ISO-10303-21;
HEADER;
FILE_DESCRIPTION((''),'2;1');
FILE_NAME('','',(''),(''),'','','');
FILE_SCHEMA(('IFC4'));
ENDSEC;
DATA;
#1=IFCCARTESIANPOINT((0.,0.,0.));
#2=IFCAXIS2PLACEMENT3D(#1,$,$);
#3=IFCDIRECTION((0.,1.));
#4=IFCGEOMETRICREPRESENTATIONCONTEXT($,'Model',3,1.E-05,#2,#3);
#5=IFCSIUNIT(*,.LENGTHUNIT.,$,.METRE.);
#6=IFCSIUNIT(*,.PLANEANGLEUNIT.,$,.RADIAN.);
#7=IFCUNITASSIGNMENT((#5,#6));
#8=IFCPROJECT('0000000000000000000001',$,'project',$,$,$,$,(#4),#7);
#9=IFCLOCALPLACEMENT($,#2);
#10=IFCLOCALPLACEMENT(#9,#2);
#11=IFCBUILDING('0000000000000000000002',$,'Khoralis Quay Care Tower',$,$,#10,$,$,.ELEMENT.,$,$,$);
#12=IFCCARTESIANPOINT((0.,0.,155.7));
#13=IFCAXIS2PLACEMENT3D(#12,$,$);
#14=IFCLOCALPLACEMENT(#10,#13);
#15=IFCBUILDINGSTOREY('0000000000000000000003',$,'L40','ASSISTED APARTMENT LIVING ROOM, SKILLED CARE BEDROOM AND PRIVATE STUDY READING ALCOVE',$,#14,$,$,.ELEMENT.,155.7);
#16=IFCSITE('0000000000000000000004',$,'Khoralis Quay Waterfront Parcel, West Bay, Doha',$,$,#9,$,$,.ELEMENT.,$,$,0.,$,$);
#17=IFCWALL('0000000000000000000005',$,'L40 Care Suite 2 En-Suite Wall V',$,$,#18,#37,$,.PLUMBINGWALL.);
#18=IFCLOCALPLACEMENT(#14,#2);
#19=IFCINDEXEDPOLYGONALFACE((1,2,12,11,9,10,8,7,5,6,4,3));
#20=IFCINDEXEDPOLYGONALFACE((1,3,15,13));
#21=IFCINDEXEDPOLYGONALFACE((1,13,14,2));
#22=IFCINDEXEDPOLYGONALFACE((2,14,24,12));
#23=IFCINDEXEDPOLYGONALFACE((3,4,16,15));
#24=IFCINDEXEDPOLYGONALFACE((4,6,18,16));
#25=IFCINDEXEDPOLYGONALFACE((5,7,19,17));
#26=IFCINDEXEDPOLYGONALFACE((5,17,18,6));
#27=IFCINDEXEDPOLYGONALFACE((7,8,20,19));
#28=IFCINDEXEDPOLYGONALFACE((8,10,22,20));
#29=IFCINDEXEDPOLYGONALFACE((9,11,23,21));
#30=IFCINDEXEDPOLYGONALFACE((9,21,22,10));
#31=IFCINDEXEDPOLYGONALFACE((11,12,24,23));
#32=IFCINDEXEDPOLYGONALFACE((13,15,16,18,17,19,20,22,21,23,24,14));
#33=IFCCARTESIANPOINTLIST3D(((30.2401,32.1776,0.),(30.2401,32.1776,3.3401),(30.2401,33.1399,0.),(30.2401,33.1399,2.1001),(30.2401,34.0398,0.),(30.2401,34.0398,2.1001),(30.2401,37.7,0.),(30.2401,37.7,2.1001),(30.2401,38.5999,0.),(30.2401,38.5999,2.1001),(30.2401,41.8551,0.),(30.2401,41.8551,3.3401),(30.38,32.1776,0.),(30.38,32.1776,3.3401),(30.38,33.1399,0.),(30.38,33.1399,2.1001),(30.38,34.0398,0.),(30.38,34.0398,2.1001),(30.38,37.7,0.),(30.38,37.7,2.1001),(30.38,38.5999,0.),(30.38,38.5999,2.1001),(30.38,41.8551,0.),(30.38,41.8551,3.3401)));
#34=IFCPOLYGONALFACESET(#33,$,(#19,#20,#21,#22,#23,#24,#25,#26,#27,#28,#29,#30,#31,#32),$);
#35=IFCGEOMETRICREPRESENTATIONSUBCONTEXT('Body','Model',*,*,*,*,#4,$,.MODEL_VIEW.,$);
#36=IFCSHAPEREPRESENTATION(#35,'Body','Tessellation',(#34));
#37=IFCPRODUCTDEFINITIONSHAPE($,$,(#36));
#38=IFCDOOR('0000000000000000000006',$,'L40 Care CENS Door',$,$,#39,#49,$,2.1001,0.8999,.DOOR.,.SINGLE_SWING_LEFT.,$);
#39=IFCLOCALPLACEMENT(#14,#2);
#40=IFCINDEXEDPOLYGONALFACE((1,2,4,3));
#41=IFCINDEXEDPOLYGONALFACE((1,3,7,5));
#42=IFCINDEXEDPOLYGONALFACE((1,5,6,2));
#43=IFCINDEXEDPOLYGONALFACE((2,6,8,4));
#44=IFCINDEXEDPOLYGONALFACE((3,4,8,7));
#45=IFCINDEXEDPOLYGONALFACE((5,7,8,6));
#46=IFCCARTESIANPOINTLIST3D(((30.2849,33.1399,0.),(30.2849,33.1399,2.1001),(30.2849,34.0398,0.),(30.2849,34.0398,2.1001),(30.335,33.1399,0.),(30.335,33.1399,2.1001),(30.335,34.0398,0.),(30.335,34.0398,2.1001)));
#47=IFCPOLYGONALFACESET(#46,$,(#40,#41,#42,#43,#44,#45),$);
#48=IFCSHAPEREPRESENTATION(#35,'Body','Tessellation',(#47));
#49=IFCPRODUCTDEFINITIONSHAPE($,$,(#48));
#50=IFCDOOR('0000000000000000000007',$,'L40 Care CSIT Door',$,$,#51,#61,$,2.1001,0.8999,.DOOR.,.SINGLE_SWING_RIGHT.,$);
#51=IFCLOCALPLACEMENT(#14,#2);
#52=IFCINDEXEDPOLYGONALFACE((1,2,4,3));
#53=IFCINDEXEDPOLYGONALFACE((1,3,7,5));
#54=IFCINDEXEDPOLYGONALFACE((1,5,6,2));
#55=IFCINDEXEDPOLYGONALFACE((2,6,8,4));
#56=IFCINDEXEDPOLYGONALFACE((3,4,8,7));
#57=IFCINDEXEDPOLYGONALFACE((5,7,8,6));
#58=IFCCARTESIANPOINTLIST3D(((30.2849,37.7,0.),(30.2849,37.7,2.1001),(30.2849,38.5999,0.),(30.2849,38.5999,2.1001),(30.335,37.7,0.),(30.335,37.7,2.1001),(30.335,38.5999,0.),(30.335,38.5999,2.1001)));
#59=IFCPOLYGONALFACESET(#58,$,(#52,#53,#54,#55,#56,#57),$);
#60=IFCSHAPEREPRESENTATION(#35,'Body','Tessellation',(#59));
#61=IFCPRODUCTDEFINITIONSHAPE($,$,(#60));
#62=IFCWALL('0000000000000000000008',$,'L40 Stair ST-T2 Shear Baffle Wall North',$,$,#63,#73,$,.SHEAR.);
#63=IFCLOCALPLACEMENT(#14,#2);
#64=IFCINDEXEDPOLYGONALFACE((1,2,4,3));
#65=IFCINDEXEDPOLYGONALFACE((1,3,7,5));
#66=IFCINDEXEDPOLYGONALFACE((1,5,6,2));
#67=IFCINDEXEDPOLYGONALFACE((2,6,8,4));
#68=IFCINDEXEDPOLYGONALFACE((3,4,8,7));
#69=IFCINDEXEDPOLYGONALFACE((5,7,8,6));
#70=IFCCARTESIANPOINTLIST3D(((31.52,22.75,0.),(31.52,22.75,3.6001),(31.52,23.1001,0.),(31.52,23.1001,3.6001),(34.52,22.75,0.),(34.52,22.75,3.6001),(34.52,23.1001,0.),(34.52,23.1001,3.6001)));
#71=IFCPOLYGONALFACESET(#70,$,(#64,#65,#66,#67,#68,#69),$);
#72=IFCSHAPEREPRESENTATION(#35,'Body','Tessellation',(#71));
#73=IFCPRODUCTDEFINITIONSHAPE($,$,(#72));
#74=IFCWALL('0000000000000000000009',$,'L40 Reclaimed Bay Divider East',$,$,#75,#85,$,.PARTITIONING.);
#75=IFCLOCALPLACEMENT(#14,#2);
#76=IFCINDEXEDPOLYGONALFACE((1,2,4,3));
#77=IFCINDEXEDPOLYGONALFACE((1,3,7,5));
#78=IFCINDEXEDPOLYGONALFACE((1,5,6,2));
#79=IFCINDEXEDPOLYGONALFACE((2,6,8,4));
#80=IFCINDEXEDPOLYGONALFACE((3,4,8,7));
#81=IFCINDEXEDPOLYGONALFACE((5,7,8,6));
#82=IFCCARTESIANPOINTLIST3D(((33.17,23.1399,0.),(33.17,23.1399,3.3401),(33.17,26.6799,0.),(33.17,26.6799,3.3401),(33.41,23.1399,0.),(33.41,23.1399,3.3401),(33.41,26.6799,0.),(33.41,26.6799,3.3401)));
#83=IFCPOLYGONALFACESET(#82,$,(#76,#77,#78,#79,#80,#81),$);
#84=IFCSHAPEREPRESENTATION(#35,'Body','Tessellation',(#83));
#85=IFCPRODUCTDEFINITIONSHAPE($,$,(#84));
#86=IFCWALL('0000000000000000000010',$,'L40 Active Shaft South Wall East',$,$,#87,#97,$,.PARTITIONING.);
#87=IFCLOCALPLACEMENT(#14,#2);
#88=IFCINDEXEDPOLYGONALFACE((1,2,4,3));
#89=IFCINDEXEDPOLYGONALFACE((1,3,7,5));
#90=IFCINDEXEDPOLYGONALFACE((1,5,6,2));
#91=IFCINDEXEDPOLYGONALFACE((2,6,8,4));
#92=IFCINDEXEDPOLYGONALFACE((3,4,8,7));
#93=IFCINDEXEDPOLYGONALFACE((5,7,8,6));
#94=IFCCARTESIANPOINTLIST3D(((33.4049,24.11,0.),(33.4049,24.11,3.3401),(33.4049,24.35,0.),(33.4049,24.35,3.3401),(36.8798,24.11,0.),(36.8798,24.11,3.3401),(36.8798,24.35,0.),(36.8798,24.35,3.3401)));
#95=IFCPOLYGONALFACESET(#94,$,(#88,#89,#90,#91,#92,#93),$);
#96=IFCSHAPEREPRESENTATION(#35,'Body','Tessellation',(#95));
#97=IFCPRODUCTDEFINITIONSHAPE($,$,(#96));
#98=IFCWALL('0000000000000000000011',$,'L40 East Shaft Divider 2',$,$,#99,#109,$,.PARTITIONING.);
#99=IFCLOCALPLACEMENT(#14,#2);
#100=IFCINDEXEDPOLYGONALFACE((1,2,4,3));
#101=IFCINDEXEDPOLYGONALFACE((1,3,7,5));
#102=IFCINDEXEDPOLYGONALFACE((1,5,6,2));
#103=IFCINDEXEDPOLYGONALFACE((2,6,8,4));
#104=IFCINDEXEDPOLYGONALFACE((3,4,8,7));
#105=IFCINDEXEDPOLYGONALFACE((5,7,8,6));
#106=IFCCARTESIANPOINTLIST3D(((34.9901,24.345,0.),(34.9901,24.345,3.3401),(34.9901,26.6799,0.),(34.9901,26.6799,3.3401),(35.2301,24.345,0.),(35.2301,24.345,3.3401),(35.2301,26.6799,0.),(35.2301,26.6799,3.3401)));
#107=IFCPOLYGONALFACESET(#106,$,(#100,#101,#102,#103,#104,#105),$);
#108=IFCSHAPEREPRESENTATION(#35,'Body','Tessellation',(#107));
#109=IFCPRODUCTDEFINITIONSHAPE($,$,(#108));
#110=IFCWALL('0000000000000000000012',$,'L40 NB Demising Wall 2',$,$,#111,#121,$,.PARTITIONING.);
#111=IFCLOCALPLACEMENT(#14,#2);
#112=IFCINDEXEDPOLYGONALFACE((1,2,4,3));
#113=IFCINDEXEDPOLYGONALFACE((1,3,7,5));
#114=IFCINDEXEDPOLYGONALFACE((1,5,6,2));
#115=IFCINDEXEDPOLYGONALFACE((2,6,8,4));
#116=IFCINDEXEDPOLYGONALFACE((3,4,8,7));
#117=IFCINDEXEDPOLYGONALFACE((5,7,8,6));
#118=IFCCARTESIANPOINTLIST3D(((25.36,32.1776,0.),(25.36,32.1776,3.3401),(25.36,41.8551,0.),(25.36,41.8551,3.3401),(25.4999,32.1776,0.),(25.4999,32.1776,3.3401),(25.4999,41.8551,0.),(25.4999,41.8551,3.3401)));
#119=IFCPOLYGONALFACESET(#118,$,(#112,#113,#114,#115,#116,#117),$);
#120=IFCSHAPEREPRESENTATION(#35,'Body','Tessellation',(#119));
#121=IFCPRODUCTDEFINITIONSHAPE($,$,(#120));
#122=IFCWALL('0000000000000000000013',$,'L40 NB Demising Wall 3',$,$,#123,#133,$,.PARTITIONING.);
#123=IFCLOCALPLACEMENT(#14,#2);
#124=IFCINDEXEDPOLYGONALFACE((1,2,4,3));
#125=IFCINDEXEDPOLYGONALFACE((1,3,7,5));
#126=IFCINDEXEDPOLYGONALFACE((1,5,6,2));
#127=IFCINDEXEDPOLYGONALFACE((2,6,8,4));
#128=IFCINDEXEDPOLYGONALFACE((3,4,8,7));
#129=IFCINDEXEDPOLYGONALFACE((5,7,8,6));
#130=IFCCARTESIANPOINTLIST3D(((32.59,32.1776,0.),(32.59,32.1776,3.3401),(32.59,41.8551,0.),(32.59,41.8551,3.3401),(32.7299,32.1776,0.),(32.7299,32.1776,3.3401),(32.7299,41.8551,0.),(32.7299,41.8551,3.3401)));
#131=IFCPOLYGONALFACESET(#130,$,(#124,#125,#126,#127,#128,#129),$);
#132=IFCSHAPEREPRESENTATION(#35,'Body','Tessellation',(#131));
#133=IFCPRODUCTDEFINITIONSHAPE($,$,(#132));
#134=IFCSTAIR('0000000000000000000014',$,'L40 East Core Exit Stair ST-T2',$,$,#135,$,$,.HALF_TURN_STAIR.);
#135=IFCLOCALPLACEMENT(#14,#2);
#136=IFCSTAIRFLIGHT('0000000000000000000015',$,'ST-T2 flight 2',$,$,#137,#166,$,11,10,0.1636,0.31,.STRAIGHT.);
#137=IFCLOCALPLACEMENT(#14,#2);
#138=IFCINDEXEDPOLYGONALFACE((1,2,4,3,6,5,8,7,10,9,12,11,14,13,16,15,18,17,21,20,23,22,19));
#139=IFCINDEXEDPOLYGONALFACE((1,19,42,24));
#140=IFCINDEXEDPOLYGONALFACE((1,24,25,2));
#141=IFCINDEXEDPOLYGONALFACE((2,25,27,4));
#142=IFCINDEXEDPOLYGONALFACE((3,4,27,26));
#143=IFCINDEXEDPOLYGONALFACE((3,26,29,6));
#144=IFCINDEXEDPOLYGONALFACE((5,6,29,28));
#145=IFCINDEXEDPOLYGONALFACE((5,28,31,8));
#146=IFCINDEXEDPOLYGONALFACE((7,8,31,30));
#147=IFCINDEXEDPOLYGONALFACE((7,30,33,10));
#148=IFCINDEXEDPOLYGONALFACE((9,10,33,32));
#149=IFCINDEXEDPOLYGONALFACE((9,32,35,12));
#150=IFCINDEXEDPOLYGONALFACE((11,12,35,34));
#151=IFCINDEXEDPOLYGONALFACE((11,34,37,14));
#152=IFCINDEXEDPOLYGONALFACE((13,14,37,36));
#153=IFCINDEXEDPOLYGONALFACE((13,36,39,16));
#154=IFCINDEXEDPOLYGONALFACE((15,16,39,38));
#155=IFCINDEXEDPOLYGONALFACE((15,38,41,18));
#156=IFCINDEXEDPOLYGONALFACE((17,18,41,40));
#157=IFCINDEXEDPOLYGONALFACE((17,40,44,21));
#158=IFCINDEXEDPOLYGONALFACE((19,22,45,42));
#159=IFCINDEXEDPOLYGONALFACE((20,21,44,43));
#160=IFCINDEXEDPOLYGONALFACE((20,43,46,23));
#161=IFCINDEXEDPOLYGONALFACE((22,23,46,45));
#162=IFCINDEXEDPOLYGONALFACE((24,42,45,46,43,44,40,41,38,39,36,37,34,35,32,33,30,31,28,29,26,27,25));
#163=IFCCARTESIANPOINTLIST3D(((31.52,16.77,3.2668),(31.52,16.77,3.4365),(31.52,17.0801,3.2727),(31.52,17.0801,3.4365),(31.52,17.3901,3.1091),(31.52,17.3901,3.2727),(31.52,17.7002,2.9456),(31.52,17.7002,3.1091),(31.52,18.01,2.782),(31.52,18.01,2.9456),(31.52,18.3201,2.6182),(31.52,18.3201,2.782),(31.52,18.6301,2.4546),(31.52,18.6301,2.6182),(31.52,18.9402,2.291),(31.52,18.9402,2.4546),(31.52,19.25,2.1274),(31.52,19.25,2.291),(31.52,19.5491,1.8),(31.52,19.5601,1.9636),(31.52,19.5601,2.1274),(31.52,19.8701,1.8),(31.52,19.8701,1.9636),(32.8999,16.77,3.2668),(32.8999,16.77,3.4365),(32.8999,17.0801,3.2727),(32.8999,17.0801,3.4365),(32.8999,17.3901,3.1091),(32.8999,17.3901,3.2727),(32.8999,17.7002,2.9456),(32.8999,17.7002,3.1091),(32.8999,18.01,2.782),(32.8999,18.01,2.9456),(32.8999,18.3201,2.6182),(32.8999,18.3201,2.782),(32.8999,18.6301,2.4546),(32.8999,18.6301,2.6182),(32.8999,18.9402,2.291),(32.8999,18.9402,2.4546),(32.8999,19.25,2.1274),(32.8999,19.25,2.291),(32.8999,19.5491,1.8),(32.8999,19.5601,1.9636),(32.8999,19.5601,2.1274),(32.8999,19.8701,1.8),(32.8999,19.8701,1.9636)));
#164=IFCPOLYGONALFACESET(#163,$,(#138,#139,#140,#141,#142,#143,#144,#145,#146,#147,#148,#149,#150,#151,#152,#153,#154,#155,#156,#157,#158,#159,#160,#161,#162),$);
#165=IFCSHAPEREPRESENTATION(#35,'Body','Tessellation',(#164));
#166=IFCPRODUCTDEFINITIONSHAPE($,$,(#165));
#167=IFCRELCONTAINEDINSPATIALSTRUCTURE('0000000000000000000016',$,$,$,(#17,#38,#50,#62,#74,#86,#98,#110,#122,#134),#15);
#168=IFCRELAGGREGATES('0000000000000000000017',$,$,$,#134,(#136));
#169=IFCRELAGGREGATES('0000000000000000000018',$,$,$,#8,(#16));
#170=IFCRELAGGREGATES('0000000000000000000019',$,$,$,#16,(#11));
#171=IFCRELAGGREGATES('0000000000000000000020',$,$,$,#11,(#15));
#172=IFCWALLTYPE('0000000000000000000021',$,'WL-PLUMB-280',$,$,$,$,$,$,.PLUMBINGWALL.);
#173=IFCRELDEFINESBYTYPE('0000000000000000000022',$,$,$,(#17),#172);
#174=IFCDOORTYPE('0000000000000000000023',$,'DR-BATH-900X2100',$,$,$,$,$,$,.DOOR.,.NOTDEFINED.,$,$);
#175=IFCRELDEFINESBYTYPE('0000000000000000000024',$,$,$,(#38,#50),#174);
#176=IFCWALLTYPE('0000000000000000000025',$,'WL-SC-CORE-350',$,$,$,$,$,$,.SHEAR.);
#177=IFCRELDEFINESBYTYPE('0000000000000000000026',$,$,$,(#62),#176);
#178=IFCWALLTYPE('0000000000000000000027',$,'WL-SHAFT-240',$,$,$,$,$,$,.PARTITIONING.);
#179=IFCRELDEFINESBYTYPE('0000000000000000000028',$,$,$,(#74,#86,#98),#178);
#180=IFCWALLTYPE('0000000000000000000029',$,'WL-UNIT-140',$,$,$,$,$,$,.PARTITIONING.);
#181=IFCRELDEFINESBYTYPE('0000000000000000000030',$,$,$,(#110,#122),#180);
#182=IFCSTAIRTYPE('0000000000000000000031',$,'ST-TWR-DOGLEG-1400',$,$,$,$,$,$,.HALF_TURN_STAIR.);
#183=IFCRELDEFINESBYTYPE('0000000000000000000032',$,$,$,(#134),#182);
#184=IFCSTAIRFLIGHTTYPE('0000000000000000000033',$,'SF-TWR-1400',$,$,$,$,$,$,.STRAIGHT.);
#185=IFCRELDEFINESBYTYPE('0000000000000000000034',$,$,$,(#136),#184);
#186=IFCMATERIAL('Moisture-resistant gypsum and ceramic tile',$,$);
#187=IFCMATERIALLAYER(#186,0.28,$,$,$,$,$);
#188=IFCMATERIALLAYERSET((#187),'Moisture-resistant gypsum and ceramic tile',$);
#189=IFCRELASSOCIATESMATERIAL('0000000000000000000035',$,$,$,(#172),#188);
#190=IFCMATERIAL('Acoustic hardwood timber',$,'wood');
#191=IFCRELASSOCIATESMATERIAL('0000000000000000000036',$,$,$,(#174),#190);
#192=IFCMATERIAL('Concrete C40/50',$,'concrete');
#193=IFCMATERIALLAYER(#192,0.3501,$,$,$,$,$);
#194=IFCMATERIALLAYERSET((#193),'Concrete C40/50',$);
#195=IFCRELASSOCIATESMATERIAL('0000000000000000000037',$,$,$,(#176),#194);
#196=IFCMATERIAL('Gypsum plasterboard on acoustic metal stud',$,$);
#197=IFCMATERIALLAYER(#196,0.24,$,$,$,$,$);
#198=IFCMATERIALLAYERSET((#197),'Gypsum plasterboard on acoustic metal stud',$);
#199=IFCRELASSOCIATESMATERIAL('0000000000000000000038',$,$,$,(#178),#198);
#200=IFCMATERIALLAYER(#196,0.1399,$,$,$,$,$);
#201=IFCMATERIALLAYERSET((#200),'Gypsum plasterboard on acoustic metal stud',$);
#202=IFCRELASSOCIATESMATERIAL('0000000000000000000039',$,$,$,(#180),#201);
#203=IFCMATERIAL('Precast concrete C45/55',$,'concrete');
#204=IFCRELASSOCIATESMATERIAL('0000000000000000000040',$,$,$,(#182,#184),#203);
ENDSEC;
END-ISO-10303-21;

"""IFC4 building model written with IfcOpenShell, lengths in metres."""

from ifc_helpers import new_model, si_unit, direction, frame, frame_2d, origin, place, context, subcontext, project, spatial, polyline, rectangle, outline, extrude, source, transform, mapped, material, layer, layer_set, type_object, element, fill, aggregate, save


model = new_model("IFC4")

# Units and contexts
model_context = context("Model", 3, precision=1e-05, world=origin(), true_north=direction((0.0, 1.0)))
body_context = subcontext(model_context, "Body", "Model", "MODEL_VIEW")
ifc_project = project(units=[si_unit("LENGTHUNIT", "METRE"), si_unit("PLANEANGLEUNIT", "RADIAN")], contexts=[model_context])

# Site, building, storey
site_placement = place(None, origin())
site = spatial("IfcSite", under=ifc_project, at=site_placement, Name="Khoralis Quay Waterfront Parcel, West Bay, Doha", CompositionType="ELEMENT", RefElevation=0.0)
building_placement = place(site_placement, origin())
building = spatial("IfcBuilding", under=site, at=building_placement, Name="Khoralis Quay Care Tower", CompositionType="ELEMENT")
storey_placement = place(building_placement, frame((0.0, 0.0, 155.7)))
storey = spatial("IfcBuildingStorey", under=building, at=storey_placement, Name="L40", Description="ASSISTED APARTMENT LIVING ROOM, SKILLED CARE BEDROOM AND PRIVATE STUDY READING ALCOVE", CompositionType="ELEMENT", Elevation=155.7)

# Shared definitions
ifc_material_1 = material(Name="Acoustic hardwood timber", Category="wood")

# Shared definitions
ifc_material_2 = material(Name="Gypsum plasterboard on acoustic metal stud")

# Wall, openings, doors
ifc_material_3 = material(Name="Moisture-resistant gypsum and ceramic tile")
ifc_layer_1 = layer(ifc_material_3, 0.28)
ifc_layer_set_1 = layer_set([ifc_layer_1], Name="Moisture-resistant gypsum and ceramic tile")
wall_type_1 = type_object("IfcWallType", Name="WL-PLUMB-280", PredefinedType="PLUMBINGWALL", material=ifc_layer_set_1)
wall_1_placement = place(storey_placement, frame((30.3101, 32.1775, 0.0), z_axis=(0.0, 0.0, 1.0), x_axis=(0.0, 1.0, 0.0)))
wall_1 = element("IfcWall", 1, at=wall_1_placement, inside=storey, type_object=wall_type_1, Name="L40 Care Suite 2 En-Suite Wall V", PredefinedType="PLUMBINGWALL", context=body_context, shape_type="SweptSolid", body=[
    extrude(rectangle(XDim=9.6775, YDim=0.1399, at=frame_2d((4.8389, 0.0))), origin(), (0.0, 0.0, 1.0), 3.3401),
])
opening_1_placement = place(wall_1_placement, frame((0.9624, 0.0, 0.0)))
opening_1 = element("IfcOpeningElement", 2, at=opening_1_placement, cuts=wall_1, PredefinedType="OPENING", context=body_context, shape_type="SweptSolid", body=[
    extrude(rectangle(XDim=0.8999, YDim=2.1001, at=frame_2d((0.45, 1.05))), frame((0.0, 0.0801, 0.0), z_axis=(0.0, -1.0, 0.0), x_axis=(1.0, 0.0, 0.0)), (0.0, 0.0, 1.0), 0.1599),
])
opening_2_placement = place(wall_1_placement, frame((5.5225, 0.0, 0.0)))
opening_2 = element("IfcOpeningElement", 3, at=opening_2_placement, cuts=wall_1, PredefinedType="OPENING", context=body_context, shape_type="SweptSolid", body=[
    extrude(rectangle(XDim=0.8999, YDim=2.1001, at=frame_2d((0.45, 1.05))), frame((0.0, 0.0801, 0.0), z_axis=(0.0, -1.0, 0.0), x_axis=(1.0, 0.0, 0.0)), (0.0, 0.0, 1.0), 0.1599),
])
door_type_1 = type_object("IfcDoorType", Name="DR-BATH-900X2100", OperationType="NOTDEFINED", PredefinedType="DOOR", material=ifc_material_1)
shared_shape_1 = source(origin(), body_context, "Body", "SweptSolid", [
    extrude(rectangle(XDim=0.8999, YDim=2.1001, at=frame_2d((0.45, 1.05))), frame((0.0, 0.0249, 0.0), z_axis=(0.0, -1.0, 0.0), x_axis=(1.0, 0.0, 0.0)), (0.0, 0.0, 1.0), 0.05),
])
door_1_placement = place(opening_1_placement, frame((0.8999, 0.0, 0.0), z_axis=(0.0, 0.0, 1.0), x_axis=(-1.0, 0.0, 0.0)))
door_1 = element("IfcDoor", 4, at=door_1_placement, inside=storey, type_object=door_type_1, Name="L40 Care CENS Door", OperationType="SINGLE_SWING_LEFT", OverallHeight=2.1001, OverallWidth=0.8999, PredefinedType="DOOR", context=body_context, shape_type="MappedRepresentation", body=[
    mapped(shared_shape_1, transform((0.0, 0.0, 0.0), scale=1.0)),
])
fill(opening_1, door_1)
door_2_placement = place(opening_2_placement, frame((0.8999, 0.0, 0.0), z_axis=(0.0, 0.0, 1.0), x_axis=(-1.0, 0.0, 0.0)))
door_2 = element("IfcDoor", 5, at=door_2_placement, inside=storey, type_object=door_type_1, Name="L40 Care CSIT Door", OperationType="SINGLE_SWING_RIGHT", OverallHeight=2.1001, OverallWidth=0.8999, PredefinedType="DOOR", context=body_context, shape_type="MappedRepresentation", body=[
    mapped(shared_shape_1, transform((0.0, 0.0, 0.0), scale=1.0)),
])
fill(opening_2, door_2)

# Walls
ifc_material_4 = material(Name="Concrete C40/50", Category="concrete")
ifc_layer_2 = layer(ifc_material_4, 0.3501)
ifc_layer_set_2 = layer_set([ifc_layer_2], Name="Concrete C40/50")
wall_type_2 = type_object("IfcWallType", Name="WL-SC-CORE-350", PredefinedType="SHEAR", material=ifc_layer_set_2)
wall_2_placement = place(storey_placement, frame((31.52, 22.925, 0.0), z_axis=(0.0, 0.0, 1.0), x_axis=(1.0, 0.0, 0.0)))
element("IfcWall", 6, at=wall_2_placement, inside=storey, type_object=wall_type_2, Name="L40 Stair ST-T2 Shear Baffle Wall North", PredefinedType="SHEAR", context=body_context, shape_type="SweptSolid", body=[
    extrude(rectangle(XDim=3.0, YDim=0.3501, at=frame_2d((1.5, 0.0))), origin(), (0.0, 0.0, 1.0), 3.6001),
])
ifc_layer_3 = layer(ifc_material_2, 0.24)
ifc_layer_set_3 = layer_set([ifc_layer_3], Name="Gypsum plasterboard on acoustic metal stud")
wall_type_3 = type_object("IfcWallType", Name="WL-SHAFT-240", PredefinedType="PARTITIONING", material=ifc_layer_set_3)
wall_3_placement = place(storey_placement, frame((33.29, 23.1399, 0.0), z_axis=(0.0, 0.0, 1.0), x_axis=(0.0, 1.0, 0.0)))
element("IfcWall", 7, at=wall_3_placement, inside=storey, type_object=wall_type_3, Name="L40 Reclaimed Bay Divider East", PredefinedType="PARTITIONING", context=body_context, shape_type="SweptSolid", body=[
    extrude(rectangle(XDim=3.54, YDim=0.24, at=frame_2d((1.77, 0.0))), origin(), (0.0, 0.0, 1.0), 3.3401),
])
wall_4_placement = place(storey_placement, frame((33.405, 24.23, 0.0), z_axis=(0.0, 0.0, 1.0), x_axis=(1.0, 0.0, 0.0)))
element("IfcWall", 8, at=wall_4_placement, inside=storey, type_object=wall_type_3, Name="L40 Active Shaft South Wall East", PredefinedType="PARTITIONING", context=body_context, shape_type="SweptSolid", body=[
    extrude(rectangle(XDim=3.4749, YDim=0.24, at=frame_2d((1.7373, 0.0))), origin(), (0.0, 0.0, 1.0), 3.3401),
])
wall_5_placement = place(storey_placement, frame((35.1101, 24.345, 0.0), z_axis=(0.0, 0.0, 1.0), x_axis=(0.0, 1.0, 0.0)))
element("IfcWall", 9, at=wall_5_placement, inside=storey, type_object=wall_type_3, Name="L40 East Shaft Divider 2", PredefinedType="PARTITIONING", context=body_context, shape_type="SweptSolid", body=[
    extrude(rectangle(XDim=2.335, YDim=0.24, at=frame_2d((1.1675, 0.0))), origin(), (0.0, 0.0, 1.0), 3.3401),
])
ifc_layer_4 = layer(ifc_material_2, 0.1399)
ifc_layer_set_4 = layer_set([ifc_layer_4], Name="Gypsum plasterboard on acoustic metal stud")
wall_type_4 = type_object("IfcWallType", Name="WL-UNIT-140", PredefinedType="PARTITIONING", material=ifc_layer_set_4)
for number, where, z_axis, x_axis, name in (
    (10, (25.4299, 32.1775, 0.0), (0.0, 0.0, 1.0), (0.0, 1.0, 0.0), "L40 NB Demising Wall 2"),
    (11, (32.6599, 32.1775, 0.0), (0.0, 0.0, 1.0), (0.0, 1.0, 0.0), "L40 NB Demising Wall 3"),
):
    element("IfcWall", number, at=place(storey_placement, frame(where, z_axis=z_axis, x_axis=x_axis)), inside=storey, type_object=wall_type_4, Name=name, PredefinedType="PARTITIONING", context=body_context, shape_type="SweptSolid", body=[
        extrude(rectangle(XDim=9.6775, YDim=0.1399, at=frame_2d((4.8389, 0.0))), origin(), (0.0, 0.0, 1.0), 3.3401),
    ])

# Stair, stair flight
ifc_material_5 = material(Name="Precast concrete C45/55", Category="concrete")
stair_type = type_object("IfcStairType", Name="ST-TWR-DOGLEG-1400", PredefinedType="HALF_TURN_STAIR", material=ifc_material_5)
stair_placement = place(storey_placement, origin())
stair = element("IfcStair", 12, at=stair_placement, inside=storey, type_object=stair_type, Name="L40 East Core Exit Stair ST-T2", PredefinedType="HALF_TURN_STAIR")
stair_flight_type = type_object("IfcStairFlightType", Name="SF-TWR-1400", PredefinedType="STRAIGHT", material=ifc_material_5)
shared_shape_2 = source(origin(), body_context, "Body", "SweptSolid", [
    extrude(outline(polyline([(0.0, 0.0), (0.0, 0.1636), (0.3101, 0.1636), (0.3101, 0.3274), (0.6201, 0.3274), (0.6201, 0.491), (0.9299, 0.491), (0.9299, 0.6545), (1.24, 0.6545), (1.24, 0.8181), (1.55, 0.8181), (1.55, 0.9819), (1.8601, 0.9819), (1.8601, 1.1455), (2.1699, 1.1455), (2.1699, 1.3091), (2.48, 1.3091), (2.48, 1.4727), (2.79, 1.4727), (2.79, 1.6365), (3.1001, 1.6365), (3.1001, 1.8), (3.1001, 1.4668), (0.321, 0.0), (0.0, 0.0)])), frame((0.0, 0.6899, 0.0), z_axis=(0.0, -1.0, 0.0), x_axis=(1.0, 0.0, 0.0)), (0.0, 0.0, 1.0), 1.3799),
])
stair_flight_placement = place(storey_placement, frame((32.21, 19.8701, 1.8), z_axis=(0.0, 0.0, 1.0), x_axis=(0.0, -1.0, 0.0)))
stair_flight = element("IfcStairFlight", 13, at=stair_flight_placement, type_object=stair_flight_type, Name="ST-T2 flight 2", NumberOfRisers=11, NumberOfTreads=10, PredefinedType="STRAIGHT", RiserHeight=0.1636, TreadLength=0.31, context=body_context, shape_type="MappedRepresentation", body=[
    mapped(shared_shape_2, transform((0.0, 0.0, 0.0), scale=1.0)),
])
aggregate(stair, [stair_flight])

save(model, "model.ifc")
